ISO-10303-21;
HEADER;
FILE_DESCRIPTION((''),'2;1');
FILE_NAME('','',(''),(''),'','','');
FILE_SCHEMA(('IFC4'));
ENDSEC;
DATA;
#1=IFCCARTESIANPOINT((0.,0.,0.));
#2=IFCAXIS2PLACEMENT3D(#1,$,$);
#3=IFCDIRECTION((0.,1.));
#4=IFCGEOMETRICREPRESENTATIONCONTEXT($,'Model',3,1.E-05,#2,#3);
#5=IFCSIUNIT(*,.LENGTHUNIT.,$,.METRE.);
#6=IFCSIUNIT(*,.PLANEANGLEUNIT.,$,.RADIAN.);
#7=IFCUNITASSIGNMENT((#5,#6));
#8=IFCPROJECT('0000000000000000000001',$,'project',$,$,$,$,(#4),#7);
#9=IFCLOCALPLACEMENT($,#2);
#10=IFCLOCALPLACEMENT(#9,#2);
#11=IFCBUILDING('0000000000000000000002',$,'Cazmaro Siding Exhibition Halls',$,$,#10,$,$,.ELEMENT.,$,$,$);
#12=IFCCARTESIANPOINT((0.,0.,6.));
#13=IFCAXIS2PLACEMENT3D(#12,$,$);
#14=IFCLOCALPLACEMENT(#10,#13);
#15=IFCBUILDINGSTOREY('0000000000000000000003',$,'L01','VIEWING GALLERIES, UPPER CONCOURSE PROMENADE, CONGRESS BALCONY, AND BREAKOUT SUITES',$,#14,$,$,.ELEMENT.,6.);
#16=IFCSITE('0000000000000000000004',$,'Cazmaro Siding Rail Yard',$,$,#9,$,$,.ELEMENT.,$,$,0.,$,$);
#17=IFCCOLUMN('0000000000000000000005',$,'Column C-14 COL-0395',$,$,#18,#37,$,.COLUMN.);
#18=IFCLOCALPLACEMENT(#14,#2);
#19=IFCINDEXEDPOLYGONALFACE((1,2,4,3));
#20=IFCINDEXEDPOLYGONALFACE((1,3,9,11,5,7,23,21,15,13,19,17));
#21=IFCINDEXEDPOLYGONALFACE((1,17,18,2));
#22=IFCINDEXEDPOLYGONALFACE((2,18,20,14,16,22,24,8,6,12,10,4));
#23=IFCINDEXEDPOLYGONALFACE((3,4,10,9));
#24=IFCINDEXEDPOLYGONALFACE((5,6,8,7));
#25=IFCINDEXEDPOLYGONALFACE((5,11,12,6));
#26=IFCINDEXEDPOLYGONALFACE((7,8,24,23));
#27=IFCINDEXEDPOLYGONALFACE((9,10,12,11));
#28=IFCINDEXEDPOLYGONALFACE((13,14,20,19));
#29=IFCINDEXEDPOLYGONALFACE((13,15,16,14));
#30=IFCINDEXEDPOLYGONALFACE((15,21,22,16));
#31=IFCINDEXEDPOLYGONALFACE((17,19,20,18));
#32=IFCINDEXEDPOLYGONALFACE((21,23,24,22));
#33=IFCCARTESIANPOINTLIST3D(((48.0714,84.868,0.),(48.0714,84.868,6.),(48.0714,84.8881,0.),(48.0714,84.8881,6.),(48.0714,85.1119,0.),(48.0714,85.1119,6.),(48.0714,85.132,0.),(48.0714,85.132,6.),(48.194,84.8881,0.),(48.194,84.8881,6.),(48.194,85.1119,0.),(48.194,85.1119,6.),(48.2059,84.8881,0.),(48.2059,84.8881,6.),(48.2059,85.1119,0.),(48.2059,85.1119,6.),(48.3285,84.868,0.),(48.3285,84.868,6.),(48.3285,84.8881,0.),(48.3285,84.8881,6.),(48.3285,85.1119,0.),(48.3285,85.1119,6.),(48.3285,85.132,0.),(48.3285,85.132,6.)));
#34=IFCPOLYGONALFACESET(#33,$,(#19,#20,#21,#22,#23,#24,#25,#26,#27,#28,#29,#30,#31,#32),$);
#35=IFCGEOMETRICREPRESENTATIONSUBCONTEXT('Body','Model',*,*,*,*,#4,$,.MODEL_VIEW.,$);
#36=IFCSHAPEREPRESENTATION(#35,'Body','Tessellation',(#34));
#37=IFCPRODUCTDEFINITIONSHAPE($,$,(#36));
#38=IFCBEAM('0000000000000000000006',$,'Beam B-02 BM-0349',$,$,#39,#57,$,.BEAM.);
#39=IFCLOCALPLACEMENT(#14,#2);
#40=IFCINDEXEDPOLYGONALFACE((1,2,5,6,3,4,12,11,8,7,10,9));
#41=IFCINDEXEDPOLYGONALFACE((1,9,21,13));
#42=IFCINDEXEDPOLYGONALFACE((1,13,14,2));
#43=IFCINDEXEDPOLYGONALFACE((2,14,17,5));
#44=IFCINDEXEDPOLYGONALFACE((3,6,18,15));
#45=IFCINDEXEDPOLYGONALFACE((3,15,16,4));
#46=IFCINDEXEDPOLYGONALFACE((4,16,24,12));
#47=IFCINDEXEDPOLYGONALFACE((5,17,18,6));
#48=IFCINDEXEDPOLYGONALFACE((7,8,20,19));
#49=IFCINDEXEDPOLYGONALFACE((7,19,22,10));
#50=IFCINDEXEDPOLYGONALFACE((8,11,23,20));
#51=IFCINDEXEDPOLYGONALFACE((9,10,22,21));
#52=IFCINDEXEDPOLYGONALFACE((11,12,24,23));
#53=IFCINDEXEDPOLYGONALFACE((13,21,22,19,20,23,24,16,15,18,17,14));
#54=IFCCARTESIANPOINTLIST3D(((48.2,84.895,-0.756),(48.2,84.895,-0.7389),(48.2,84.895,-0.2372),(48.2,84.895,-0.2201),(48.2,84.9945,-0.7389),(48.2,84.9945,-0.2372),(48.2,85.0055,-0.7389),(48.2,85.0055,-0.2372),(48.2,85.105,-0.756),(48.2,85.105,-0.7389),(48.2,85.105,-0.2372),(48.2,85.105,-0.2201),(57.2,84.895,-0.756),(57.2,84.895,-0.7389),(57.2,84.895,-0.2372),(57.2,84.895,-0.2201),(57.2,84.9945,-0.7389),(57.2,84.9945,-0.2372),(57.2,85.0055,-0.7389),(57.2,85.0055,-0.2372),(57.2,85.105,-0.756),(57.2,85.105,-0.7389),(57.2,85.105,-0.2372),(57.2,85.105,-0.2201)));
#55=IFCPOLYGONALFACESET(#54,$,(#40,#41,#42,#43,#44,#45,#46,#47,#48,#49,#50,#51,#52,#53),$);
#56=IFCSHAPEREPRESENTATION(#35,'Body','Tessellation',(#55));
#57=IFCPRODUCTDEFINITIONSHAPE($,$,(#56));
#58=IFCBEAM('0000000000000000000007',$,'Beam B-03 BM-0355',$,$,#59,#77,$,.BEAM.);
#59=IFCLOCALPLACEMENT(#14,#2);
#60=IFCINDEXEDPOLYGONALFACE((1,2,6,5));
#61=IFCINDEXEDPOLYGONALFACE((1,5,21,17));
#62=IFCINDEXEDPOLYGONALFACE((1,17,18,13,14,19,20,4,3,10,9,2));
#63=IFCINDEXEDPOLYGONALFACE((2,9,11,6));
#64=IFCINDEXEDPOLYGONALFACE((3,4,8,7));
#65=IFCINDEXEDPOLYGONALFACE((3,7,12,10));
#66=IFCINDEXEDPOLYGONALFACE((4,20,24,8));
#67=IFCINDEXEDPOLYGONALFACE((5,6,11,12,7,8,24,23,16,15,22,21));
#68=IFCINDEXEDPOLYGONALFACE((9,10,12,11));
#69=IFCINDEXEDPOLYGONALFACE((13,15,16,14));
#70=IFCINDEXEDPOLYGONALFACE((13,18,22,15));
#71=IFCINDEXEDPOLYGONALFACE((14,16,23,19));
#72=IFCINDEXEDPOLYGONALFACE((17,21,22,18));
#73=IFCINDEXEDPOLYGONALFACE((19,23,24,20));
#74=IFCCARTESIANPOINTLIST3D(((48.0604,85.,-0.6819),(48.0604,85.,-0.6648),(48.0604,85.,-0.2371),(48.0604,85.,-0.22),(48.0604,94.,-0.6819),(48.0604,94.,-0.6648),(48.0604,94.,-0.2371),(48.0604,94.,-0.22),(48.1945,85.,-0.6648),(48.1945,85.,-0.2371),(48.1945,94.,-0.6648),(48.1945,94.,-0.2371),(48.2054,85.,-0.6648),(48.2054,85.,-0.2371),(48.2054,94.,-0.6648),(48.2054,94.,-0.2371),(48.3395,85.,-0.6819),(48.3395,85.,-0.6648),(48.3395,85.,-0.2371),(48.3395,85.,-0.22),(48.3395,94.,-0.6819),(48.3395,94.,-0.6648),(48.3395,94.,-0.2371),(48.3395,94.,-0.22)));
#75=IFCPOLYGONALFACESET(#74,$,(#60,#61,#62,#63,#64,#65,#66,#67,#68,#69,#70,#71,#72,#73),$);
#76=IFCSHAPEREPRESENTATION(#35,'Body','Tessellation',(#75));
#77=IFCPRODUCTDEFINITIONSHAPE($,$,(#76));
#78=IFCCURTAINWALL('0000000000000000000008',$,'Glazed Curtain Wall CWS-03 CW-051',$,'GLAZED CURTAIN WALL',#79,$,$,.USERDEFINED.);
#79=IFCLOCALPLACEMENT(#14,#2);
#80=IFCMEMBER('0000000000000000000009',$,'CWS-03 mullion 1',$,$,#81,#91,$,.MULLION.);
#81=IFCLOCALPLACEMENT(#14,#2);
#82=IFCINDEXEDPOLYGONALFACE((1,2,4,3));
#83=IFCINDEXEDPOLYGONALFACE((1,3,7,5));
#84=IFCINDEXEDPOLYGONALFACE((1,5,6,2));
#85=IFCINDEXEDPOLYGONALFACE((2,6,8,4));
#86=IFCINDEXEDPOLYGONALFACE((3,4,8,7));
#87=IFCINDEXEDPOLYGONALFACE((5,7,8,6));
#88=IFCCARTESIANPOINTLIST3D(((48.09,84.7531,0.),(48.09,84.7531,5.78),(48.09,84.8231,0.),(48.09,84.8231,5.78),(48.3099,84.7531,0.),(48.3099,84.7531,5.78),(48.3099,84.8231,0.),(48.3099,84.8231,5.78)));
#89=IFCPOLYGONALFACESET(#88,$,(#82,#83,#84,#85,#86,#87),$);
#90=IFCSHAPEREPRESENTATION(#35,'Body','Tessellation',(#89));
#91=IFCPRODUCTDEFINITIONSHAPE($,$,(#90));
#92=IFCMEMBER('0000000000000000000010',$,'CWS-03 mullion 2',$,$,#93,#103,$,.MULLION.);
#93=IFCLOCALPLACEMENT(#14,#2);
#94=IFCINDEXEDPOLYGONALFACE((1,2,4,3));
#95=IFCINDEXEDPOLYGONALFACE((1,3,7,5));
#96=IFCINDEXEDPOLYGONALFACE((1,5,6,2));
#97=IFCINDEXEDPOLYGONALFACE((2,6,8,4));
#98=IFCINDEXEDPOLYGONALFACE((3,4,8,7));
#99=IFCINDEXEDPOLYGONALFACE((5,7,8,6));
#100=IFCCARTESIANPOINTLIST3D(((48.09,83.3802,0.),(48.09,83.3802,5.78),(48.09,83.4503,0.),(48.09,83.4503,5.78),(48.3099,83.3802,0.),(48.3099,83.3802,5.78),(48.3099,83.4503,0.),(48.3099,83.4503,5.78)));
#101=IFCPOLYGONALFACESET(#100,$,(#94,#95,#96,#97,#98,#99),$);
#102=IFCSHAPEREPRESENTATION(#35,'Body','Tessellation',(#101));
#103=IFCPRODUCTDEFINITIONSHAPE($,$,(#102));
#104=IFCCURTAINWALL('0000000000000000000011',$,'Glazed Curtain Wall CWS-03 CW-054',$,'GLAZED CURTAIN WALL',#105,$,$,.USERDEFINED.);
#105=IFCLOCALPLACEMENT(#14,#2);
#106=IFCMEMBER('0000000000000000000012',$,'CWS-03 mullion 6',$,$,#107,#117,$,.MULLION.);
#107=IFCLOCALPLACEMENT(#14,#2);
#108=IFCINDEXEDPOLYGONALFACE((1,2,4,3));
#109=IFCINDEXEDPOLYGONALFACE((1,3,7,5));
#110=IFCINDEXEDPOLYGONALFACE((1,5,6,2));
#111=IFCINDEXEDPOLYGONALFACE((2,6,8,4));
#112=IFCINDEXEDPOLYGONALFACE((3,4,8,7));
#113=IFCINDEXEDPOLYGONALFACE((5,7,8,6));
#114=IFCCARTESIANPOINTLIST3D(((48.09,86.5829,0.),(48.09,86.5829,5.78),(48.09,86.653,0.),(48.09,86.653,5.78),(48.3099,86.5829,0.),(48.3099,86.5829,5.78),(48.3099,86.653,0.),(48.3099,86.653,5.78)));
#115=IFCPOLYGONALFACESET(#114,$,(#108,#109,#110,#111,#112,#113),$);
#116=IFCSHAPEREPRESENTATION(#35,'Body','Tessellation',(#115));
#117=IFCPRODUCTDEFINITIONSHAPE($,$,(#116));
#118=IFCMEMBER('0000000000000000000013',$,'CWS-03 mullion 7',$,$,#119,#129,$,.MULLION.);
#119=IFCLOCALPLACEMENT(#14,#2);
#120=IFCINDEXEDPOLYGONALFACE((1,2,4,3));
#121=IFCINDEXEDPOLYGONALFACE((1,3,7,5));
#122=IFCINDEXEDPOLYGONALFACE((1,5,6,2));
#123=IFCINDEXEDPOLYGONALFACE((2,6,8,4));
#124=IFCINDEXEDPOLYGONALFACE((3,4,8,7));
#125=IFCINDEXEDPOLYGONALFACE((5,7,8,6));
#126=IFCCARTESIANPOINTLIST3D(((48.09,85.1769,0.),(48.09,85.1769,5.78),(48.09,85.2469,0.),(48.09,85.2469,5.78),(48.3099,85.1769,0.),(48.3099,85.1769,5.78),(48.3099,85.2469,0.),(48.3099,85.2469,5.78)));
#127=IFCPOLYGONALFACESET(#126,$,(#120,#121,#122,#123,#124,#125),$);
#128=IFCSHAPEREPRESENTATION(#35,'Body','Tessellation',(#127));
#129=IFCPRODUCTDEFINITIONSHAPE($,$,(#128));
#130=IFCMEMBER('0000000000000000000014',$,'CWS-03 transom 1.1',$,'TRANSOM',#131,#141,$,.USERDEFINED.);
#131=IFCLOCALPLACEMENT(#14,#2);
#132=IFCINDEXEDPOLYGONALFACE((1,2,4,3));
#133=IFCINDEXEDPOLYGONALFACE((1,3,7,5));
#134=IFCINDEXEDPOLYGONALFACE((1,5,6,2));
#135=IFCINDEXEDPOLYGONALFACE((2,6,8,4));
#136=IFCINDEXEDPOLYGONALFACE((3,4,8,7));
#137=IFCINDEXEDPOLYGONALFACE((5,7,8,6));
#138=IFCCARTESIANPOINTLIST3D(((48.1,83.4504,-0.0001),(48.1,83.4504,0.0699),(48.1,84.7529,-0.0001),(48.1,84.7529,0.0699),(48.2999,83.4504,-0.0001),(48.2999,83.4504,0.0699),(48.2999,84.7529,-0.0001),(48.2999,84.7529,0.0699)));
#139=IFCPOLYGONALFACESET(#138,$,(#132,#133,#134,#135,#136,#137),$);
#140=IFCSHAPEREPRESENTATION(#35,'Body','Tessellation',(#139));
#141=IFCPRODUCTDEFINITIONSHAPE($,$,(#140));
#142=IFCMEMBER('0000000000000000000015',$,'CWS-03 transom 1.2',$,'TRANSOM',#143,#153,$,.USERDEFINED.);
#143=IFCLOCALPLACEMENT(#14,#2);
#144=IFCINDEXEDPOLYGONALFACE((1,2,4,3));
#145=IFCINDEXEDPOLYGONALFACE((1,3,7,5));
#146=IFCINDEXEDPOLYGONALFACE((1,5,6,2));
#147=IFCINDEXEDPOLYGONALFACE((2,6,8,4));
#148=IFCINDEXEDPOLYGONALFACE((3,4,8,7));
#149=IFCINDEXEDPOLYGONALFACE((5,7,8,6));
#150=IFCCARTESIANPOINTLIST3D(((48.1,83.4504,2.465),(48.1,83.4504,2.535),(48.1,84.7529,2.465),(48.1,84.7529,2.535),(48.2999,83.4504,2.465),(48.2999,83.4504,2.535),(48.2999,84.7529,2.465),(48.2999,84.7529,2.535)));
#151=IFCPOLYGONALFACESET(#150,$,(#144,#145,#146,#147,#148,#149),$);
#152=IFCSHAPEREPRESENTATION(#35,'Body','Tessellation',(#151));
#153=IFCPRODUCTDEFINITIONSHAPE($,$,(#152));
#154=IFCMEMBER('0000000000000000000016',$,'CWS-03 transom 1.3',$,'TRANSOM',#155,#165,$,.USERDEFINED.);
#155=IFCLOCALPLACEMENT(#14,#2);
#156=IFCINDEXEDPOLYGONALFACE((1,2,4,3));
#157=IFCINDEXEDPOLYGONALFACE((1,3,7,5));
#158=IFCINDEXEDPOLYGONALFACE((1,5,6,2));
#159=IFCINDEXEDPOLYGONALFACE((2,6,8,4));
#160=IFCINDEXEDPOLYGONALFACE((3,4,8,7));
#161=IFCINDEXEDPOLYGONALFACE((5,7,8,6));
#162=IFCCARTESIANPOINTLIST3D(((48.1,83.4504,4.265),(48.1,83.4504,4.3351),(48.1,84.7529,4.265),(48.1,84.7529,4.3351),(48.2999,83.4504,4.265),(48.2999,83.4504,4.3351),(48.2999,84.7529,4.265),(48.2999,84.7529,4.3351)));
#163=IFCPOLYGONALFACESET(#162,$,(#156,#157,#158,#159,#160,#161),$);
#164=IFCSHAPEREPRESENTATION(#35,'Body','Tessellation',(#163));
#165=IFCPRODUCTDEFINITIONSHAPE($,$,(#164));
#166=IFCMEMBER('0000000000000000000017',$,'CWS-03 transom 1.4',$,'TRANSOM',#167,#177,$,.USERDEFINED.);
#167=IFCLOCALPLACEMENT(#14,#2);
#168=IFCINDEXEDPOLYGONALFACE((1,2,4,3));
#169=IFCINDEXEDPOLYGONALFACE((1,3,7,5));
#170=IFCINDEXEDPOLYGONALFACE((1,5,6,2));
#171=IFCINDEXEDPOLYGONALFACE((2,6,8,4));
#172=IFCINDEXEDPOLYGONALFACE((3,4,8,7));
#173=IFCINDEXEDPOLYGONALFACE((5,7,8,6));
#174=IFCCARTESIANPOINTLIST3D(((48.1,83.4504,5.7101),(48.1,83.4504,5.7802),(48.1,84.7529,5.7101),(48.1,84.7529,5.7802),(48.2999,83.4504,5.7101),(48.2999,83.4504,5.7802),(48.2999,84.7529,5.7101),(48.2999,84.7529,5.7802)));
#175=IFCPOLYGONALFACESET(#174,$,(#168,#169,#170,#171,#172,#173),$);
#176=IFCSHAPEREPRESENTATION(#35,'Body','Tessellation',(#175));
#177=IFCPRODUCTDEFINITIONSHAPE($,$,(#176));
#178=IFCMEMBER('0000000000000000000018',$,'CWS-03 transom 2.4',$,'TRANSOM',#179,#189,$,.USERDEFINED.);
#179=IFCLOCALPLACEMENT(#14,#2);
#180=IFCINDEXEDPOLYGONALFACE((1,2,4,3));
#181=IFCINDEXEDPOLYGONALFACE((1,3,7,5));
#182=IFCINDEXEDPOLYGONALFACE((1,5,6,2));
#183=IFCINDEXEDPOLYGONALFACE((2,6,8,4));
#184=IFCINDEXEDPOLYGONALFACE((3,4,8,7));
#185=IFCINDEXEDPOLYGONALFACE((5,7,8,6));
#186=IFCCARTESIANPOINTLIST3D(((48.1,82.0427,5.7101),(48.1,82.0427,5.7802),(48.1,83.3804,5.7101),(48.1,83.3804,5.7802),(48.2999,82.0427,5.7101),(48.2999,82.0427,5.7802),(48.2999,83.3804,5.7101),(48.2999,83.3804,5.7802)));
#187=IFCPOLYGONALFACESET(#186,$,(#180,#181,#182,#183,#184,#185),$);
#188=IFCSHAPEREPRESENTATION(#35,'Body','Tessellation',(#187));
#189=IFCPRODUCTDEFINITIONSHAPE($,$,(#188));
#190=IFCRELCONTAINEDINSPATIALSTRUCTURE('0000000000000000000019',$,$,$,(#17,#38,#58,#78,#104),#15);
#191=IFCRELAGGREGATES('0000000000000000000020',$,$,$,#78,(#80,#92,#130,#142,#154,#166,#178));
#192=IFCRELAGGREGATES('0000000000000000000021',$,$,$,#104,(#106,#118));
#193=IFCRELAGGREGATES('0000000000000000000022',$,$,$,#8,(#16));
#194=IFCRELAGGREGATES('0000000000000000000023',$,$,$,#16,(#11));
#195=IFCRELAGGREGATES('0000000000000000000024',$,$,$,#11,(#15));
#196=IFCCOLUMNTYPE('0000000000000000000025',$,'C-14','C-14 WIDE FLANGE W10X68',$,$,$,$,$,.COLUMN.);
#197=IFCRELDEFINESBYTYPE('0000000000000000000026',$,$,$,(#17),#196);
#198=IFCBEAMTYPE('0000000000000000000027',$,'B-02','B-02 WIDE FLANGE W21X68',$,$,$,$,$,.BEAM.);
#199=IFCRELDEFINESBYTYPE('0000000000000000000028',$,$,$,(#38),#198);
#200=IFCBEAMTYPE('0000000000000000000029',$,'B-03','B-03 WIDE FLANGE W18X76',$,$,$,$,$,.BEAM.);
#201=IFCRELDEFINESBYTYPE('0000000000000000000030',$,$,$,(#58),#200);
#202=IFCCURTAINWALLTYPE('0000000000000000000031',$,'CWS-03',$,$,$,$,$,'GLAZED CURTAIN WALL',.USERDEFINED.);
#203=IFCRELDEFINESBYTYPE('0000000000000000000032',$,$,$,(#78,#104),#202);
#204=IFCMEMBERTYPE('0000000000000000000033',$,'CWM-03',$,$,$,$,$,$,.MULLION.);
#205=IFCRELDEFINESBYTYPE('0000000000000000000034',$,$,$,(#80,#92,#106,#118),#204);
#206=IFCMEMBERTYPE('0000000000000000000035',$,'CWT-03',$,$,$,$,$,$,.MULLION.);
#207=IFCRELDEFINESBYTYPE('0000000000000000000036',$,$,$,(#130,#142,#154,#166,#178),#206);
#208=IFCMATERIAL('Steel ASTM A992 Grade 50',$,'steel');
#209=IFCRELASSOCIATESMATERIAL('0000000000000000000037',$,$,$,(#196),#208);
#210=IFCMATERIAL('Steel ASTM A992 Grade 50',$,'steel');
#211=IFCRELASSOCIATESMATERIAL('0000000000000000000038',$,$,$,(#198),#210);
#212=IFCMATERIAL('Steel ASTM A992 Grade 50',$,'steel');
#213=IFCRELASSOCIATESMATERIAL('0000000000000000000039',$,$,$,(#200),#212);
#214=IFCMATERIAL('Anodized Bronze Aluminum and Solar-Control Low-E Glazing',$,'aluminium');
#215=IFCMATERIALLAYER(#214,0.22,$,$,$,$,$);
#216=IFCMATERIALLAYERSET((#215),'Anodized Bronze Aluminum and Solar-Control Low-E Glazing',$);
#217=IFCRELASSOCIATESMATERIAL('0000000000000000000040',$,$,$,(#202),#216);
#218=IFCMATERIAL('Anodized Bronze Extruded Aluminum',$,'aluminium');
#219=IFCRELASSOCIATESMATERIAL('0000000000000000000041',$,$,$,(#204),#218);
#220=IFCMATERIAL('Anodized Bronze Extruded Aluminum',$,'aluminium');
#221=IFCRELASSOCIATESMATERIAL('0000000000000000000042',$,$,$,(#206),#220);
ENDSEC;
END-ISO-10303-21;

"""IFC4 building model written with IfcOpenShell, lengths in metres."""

from ifc_helpers import new_model, si_unit, direction, frame, origin, origin_2d, place, context, subcontext, project, spatial, rectangle, i_section, extrude, material, layer, layer_set, material_profile, profile_set, type_object, element, aggregate, save


model = new_model("IFC4")

# Units and contexts
model_context = context("Model", 3, precision=1e-05, world=origin(), true_north=direction((0.0, 1.0)))
body_context = subcontext(model_context, "Body", "Model", "MODEL_VIEW")
ifc_project = project(units=[si_unit("LENGTHUNIT", "METRE"), si_unit("PLANEANGLEUNIT", "RADIAN")], contexts=[model_context])

# Site, building, storey
site_placement = place(None, origin())
site = spatial("IfcSite", under=ifc_project, at=site_placement, Name="Cazmaro Siding Rail Yard", CompositionType="ELEMENT", RefElevation=0.0)
building_placement = place(site_placement, origin())
building = spatial("IfcBuilding", under=site, at=building_placement, Name="Cazmaro Siding Exhibition Halls", CompositionType="ELEMENT")
storey_placement = place(building_placement, frame((0.0, 0.0, 6.0)))
storey = spatial("IfcBuildingStorey", under=building, at=storey_placement, Name="L01", Description="VIEWING GALLERIES, UPPER CONCOURSE PROMENADE, CONGRESS BALCONY, AND BREAKOUT SUITES", CompositionType="ELEMENT", Elevation=6.0)

# Column
ifc_material_1 = material(Name="Steel ASTM A992 Grade 50", Category="steel")
ifc_material_profile_1 = material_profile(ifc_material_1, i_section(OverallWidth=0.2571, OverallDepth=0.2639, WebThickness=0.012, FlangeThickness=0.02, at=origin_2d()), Name="W10X68")
ifc_profile_set_1 = profile_set([ifc_material_profile_1], Name="Steel ASTM A992 Grade 50")
column_type = type_object("IfcColumnType", Name="C-14", Description="C-14 WIDE FLANGE W10X68", PredefinedType="COLUMN", material=ifc_profile_set_1)
column_placement = place(storey_placement, frame((48.2, 85.0, 0.0), z_axis=(0.0, 0.0, 1.0), x_axis=(1.0, 0.0, 0.0)))
element("IfcColumn", 1, at=column_placement, inside=storey, type_object=column_type, Name="Column C-14 COL-0395", PredefinedType="COLUMN", context=body_context, shape_type="SweptSolid", body=[
    extrude(i_section(OverallWidth=0.2571, OverallDepth=0.2639, WebThickness=0.012, FlangeThickness=0.02, at=origin_2d()), origin(), (0.0, 0.0, 1.0), 6.0),
])

# Beams
ifc_material_2 = material(Name="Steel ASTM A992 Grade 50", Category="steel")
ifc_material_profile_2 = material_profile(ifc_material_2, i_section(OverallWidth=0.21, OverallDepth=0.5359, WebThickness=0.011, FlangeThickness=0.0171, at=origin_2d()), Name="W21X68")
ifc_profile_set_2 = profile_set([ifc_material_profile_2], Name="Steel ASTM A992 Grade 50")
beam_type_1 = type_object("IfcBeamType", Name="B-02", Description="B-02 WIDE FLANGE W21X68", PredefinedType="BEAM", material=ifc_profile_set_2)
beam_1_placement = place(storey_placement, frame((48.2, 85.0, -0.488), z_axis=(1.0, 0.0, 0.0), x_axis=(0.0, 1.0, 0.0)))
element("IfcBeam", 2, at=beam_1_placement, inside=storey, type_object=beam_type_1, Name="Beam B-02 BM-0349", PredefinedType="BEAM", context=body_context, shape_type="SweptSolid", body=[
    extrude(i_section(OverallWidth=0.21, OverallDepth=0.5359, WebThickness=0.011, FlangeThickness=0.0171, at=origin_2d()), origin(), (0.0, 0.0, 1.0), 9.0),
])
ifc_material_3 = material(Name="Steel ASTM A992 Grade 50", Category="steel")
ifc_material_profile_3 = material_profile(ifc_material_3, i_section(OverallWidth=0.2791, OverallDepth=0.4619, WebThickness=0.011, FlangeThickness=0.0171, at=origin_2d()), Name="W18X76")
ifc_profile_set_3 = profile_set([ifc_material_profile_3], Name="Steel ASTM A992 Grade 50")
beam_type_2 = type_object("IfcBeamType", Name="B-03", Description="B-03 WIDE FLANGE W18X76", PredefinedType="BEAM", material=ifc_profile_set_3)
beam_2_placement = place(storey_placement, frame((48.2, 85.0, -0.4509), z_axis=(0.0, 1.0, 0.0), x_axis=(-1.0, 0.0, 0.0)))
element("IfcBeam", 3, at=beam_2_placement, inside=storey, type_object=beam_type_2, Name="Beam B-03 BM-0355", PredefinedType="BEAM", context=body_context, shape_type="SweptSolid", body=[
    extrude(i_section(OverallWidth=0.2791, OverallDepth=0.4619, WebThickness=0.011, FlangeThickness=0.0171, at=origin_2d()), origin(), (0.0, 0.0, 1.0), 9.0),
])

# Curtain walls, members
ifc_material_4 = material(Name="Anodized Bronze Aluminum and Solar-Control Low-E Glazing", Category="aluminium")
ifc_layer_1 = layer(ifc_material_4, 0.22)
ifc_layer_set_1 = layer_set([ifc_layer_1], Name="Anodized Bronze Aluminum and Solar-Control Low-E Glazing")
curtain_wall_type = type_object("IfcCurtainWallType", Name="CWS-03", ElementType="GLAZED CURTAIN WALL", PredefinedType="USERDEFINED", material=ifc_layer_set_1)
curtain_wall_1_placement = place(storey_placement, origin())
curtain_wall_1 = element("IfcCurtainWall", 4, at=curtain_wall_1_placement, inside=storey, type_object=curtain_wall_type, Name="Glazed Curtain Wall CWS-03 CW-051", ObjectType="GLAZED CURTAIN WALL", PredefinedType="USERDEFINED")
ifc_material_5 = material(Name="Anodized Bronze Extruded Aluminum", Category="aluminium")
ifc_material_profile_4 = material_profile(ifc_material_5, rectangle(XDim=0.22, YDim=0.0701, at=origin_2d()), Name="CWM-03")
ifc_profile_set_4 = profile_set([ifc_material_profile_4], Name="Anodized Bronze Extruded Aluminum")
member_type_1 = type_object("IfcMemberType", Name="CWM-03", PredefinedType="MULLION", material=ifc_profile_set_4)
member_1_placement = place(storey_placement, frame((48.2, 84.7881, 0.0), z_axis=(0.0, 0.0, 1.0), x_axis=(1.0, 0.0, 0.0)))
member_1 = element("IfcMember", 5, at=member_1_placement, type_object=member_type_1, Name="CWS-03 mullion 1", PredefinedType="MULLION", context=body_context, shape_type="SweptSolid", body=[
    extrude(rectangle(XDim=0.22, YDim=0.0701, at=origin_2d()), origin(), (0.0, 0.0, 1.0), 5.78),
])
member_2_placement = place(storey_placement, frame((48.2, 83.4153, 0.0), z_axis=(0.0, 0.0, 1.0), x_axis=(1.0, 0.0, 0.0)))
member_2 = element("IfcMember", 6, at=member_2_placement, type_object=member_type_1, Name="CWS-03 mullion 2", PredefinedType="MULLION", context=body_context, shape_type="SweptSolid", body=[
    extrude(rectangle(XDim=0.22, YDim=0.0701, at=origin_2d()), origin(), (0.0, 0.0, 1.0), 5.78),
])
curtain_wall_2_placement = place(storey_placement, origin())
curtain_wall_2 = element("IfcCurtainWall", 7, at=curtain_wall_2_placement, inside=storey, type_object=curtain_wall_type, Name="Glazed Curtain Wall CWS-03 CW-054", ObjectType="GLAZED CURTAIN WALL", PredefinedType="USERDEFINED")
member_3_placement = place(storey_placement, frame((48.2, 86.6179, 0.0), z_axis=(0.0, 0.0, 1.0), x_axis=(1.0, 0.0, 0.0)))
member_3 = element("IfcMember", 8, at=member_3_placement, type_object=member_type_1, Name="CWS-03 mullion 6", PredefinedType="MULLION", context=body_context, shape_type="SweptSolid", body=[
    extrude(rectangle(XDim=0.22, YDim=0.0701, at=origin_2d()), origin(), (0.0, 0.0, 1.0), 5.78),
])
member_4_placement = place(storey_placement, frame((48.2, 85.2119, 0.0), z_axis=(0.0, 0.0, 1.0), x_axis=(1.0, 0.0, 0.0)))
member_4 = element("IfcMember", 9, at=member_4_placement, type_object=member_type_1, Name="CWS-03 mullion 7", PredefinedType="MULLION", context=body_context, shape_type="SweptSolid", body=[
    extrude(rectangle(XDim=0.22, YDim=0.0701, at=origin_2d()), origin(), (0.0, 0.0, 1.0), 5.78),
])

# Members
ifc_material_6 = material(Name="Anodized Bronze Extruded Aluminum", Category="aluminium")
ifc_material_profile_5 = material_profile(ifc_material_6, rectangle(XDim=0.2, YDim=0.0701, at=origin_2d()), Name="CWT-03")
ifc_profile_set_5 = profile_set([ifc_material_profile_5], Name="Anodized Bronze Extruded Aluminum")
member_type_2 = type_object("IfcMemberType", Name="CWT-03", PredefinedType="MULLION", material=ifc_profile_set_5)
member_5_placement = place(storey_placement, frame((48.2, 84.7529, 0.0349), z_axis=(0.0, -1.0, 0.0), x_axis=(1.0, 0.0, 0.0)))
member_5 = element("IfcMember", 10, at=member_5_placement, type_object=member_type_2, Name="CWS-03 transom 1.1", ObjectType="TRANSOM", PredefinedType="USERDEFINED", context=body_context, shape_type="SweptSolid", body=[
    extrude(rectangle(XDim=0.2, YDim=0.0701, at=origin_2d()), origin(), (0.0, 0.0, 1.0), 1.3025),
])
member_6_placement = place(storey_placement, frame((48.2, 84.7529, 2.5), z_axis=(0.0, -1.0, 0.0), x_axis=(1.0, 0.0, 0.0)))
member_6 = element("IfcMember", 11, at=member_6_placement, type_object=member_type_2, Name="CWS-03 transom 1.2", ObjectType="TRANSOM", PredefinedType="USERDEFINED", context=body_context, shape_type="SweptSolid", body=[
    extrude(rectangle(XDim=0.2, YDim=0.0701, at=origin_2d()), origin(), (0.0, 0.0, 1.0), 1.3025),
])
member_7_placement = place(storey_placement, frame((48.2, 84.7529, 4.3), z_axis=(0.0, -1.0, 0.0), x_axis=(1.0, 0.0, 0.0)))
member_7 = element("IfcMember", 12, at=member_7_placement, type_object=member_type_2, Name="CWS-03 transom 1.3", ObjectType="TRANSOM", PredefinedType="USERDEFINED", context=body_context, shape_type="SweptSolid", body=[
    extrude(rectangle(XDim=0.2, YDim=0.0701, at=origin_2d()), origin(), (0.0, 0.0, 1.0), 1.3025),
])
member_8_placement = place(storey_placement, frame((48.2, 84.7529, 5.7451), z_axis=(0.0, -1.0, 0.0), x_axis=(1.0, 0.0, 0.0)))
member_8 = element("IfcMember", 13, at=member_8_placement, type_object=member_type_2, Name="CWS-03 transom 1.4", ObjectType="TRANSOM", PredefinedType="USERDEFINED", context=body_context, shape_type="SweptSolid", body=[
    extrude(rectangle(XDim=0.2, YDim=0.0701, at=origin_2d()), origin(), (0.0, 0.0, 1.0), 1.3025),
])
member_9_placement = place(storey_placement, frame((48.2, 83.3804, 5.7451), z_axis=(0.0, -1.0, 0.0), x_axis=(1.0, 0.0, 0.0)))
member_9 = element("IfcMember", 14, at=member_9_placement, type_object=member_type_2, Name="CWS-03 transom 2.4", ObjectType="TRANSOM", PredefinedType="USERDEFINED", context=body_context, shape_type="SweptSolid", body=[
    extrude(rectangle(XDim=0.2, YDim=0.0701, at=origin_2d()), origin(), (0.0, 0.0, 1.0), 1.3376),
])

aggregate(curtain_wall_1, [member_1, member_2, member_5, member_6, member_7, member_8, member_9])
aggregate(curtain_wall_2, [member_3, member_4])

save(model, "model.ifc")
